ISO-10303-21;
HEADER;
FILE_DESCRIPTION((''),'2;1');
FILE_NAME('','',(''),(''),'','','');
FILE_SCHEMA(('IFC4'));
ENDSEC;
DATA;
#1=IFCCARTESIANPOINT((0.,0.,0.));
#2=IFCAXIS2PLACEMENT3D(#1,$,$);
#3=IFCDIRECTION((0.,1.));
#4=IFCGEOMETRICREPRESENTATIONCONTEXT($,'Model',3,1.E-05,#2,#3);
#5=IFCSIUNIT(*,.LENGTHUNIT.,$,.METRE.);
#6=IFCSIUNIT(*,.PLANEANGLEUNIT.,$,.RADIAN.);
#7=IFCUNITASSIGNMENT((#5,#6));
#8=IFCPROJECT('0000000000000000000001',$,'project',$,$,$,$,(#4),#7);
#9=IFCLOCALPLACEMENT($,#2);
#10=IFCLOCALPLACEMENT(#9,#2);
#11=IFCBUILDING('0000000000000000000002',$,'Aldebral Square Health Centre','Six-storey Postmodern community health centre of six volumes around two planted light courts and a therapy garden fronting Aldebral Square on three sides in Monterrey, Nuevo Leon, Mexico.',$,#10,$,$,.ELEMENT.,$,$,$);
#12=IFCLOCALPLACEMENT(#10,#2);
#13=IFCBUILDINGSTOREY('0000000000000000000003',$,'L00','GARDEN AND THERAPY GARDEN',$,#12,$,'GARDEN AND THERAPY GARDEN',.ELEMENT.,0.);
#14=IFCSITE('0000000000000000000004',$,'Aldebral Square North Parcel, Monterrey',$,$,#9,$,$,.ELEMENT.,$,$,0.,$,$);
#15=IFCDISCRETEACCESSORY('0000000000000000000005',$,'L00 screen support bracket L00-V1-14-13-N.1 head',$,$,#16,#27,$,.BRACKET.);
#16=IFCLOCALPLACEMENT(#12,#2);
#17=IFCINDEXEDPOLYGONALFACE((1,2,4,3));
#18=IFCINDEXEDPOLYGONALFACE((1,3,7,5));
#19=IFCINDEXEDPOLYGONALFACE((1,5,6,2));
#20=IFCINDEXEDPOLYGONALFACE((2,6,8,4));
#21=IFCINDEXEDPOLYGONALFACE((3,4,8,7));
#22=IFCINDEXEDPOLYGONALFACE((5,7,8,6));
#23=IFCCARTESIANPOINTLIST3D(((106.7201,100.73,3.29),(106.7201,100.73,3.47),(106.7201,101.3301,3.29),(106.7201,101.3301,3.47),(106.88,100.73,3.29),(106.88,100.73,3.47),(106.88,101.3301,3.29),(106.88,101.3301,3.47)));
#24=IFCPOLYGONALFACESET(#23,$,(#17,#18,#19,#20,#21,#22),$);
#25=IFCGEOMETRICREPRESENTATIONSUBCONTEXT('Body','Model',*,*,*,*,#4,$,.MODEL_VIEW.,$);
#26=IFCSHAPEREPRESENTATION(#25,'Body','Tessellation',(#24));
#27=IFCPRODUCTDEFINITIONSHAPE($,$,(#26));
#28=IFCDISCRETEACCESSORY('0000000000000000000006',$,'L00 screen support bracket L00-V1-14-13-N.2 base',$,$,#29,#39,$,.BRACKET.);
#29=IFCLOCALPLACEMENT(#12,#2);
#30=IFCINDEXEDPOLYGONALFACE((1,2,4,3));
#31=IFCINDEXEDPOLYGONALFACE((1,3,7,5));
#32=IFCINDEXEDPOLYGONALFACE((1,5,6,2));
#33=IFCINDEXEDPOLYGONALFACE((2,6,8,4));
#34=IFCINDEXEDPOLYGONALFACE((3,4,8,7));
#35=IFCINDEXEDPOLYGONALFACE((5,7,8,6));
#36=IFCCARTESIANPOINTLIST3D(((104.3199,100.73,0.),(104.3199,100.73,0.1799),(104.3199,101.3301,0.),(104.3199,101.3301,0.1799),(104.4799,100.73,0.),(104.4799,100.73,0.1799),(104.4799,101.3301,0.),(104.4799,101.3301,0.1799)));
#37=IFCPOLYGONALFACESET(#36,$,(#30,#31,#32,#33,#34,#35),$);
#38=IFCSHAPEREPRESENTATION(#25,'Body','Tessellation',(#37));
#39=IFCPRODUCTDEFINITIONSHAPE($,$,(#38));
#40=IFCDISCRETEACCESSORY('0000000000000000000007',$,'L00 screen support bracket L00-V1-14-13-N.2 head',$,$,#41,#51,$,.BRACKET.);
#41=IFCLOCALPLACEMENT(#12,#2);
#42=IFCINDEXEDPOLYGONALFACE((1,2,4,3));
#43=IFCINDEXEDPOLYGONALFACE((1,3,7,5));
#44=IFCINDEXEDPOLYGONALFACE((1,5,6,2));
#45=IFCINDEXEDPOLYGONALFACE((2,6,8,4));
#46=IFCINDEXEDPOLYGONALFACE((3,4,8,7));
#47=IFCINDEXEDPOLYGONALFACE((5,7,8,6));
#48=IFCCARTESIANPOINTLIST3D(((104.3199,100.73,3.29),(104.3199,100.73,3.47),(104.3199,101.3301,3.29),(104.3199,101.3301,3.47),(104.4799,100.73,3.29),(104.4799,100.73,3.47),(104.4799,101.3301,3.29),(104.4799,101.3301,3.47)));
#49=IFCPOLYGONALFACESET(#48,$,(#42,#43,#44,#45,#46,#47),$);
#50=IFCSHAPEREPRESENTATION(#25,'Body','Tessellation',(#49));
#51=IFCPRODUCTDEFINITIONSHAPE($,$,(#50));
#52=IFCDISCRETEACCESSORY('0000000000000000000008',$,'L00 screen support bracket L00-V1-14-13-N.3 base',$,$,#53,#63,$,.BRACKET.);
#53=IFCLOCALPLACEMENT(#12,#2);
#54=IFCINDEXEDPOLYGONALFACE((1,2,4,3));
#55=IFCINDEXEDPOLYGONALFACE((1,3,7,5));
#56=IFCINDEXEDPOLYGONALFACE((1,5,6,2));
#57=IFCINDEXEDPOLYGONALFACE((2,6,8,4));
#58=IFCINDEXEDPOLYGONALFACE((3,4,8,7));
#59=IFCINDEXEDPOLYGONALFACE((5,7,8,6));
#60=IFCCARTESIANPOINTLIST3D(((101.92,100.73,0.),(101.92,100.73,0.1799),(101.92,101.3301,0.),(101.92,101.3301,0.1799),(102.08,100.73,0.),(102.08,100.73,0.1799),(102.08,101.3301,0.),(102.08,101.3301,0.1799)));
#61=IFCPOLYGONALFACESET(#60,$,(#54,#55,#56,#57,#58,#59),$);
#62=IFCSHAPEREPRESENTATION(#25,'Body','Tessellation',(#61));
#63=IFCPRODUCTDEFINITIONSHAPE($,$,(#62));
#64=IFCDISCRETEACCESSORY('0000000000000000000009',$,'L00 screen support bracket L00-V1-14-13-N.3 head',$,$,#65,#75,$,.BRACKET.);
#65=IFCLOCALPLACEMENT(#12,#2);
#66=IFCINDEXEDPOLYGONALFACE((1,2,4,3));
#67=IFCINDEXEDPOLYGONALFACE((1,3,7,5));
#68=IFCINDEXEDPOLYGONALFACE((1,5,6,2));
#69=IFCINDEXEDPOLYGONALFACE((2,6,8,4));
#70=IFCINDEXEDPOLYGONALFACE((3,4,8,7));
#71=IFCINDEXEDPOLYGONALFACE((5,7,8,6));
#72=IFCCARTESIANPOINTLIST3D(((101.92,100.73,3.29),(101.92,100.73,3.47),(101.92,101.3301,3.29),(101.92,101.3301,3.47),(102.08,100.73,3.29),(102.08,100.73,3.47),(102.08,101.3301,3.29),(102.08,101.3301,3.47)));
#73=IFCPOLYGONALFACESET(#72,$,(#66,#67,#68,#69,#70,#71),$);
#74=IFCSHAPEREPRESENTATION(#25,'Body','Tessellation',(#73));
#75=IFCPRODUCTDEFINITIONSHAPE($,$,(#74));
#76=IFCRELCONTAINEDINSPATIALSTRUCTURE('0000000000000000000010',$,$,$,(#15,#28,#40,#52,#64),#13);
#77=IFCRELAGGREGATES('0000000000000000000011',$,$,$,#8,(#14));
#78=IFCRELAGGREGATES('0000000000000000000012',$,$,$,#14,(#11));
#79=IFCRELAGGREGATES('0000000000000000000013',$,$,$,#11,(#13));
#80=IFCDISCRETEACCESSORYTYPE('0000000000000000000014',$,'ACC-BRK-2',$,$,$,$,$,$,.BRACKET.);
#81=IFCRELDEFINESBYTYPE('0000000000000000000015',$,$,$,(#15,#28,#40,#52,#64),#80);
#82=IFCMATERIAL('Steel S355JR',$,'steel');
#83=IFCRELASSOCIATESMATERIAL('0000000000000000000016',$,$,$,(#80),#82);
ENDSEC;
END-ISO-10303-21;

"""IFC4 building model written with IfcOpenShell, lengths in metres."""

from ifc_helpers import new_model, si_unit, direction, frame, origin, origin_2d, place, context, subcontext, project, spatial, rectangle, extrude, material, type_object, element, save


model = new_model("IFC4")

# Units and contexts
model_context = context("Model", 3, precision=1e-05, world=origin(), true_north=direction((0.0, 1.0)))
body_context = subcontext(model_context, "Body", "Model", "MODEL_VIEW")
ifc_project = project(units=[si_unit("LENGTHUNIT", "METRE"), si_unit("PLANEANGLEUNIT", "RADIAN")], contexts=[model_context])

# Site, building, storey
site_placement = place(None, origin())
site = spatial("IfcSite", under=ifc_project, at=site_placement, Name="Aldebral Square North Parcel, Monterrey", CompositionType="ELEMENT", RefElevation=0.0)
building_placement = place(site_placement, origin())
building = spatial("IfcBuilding", under=site, at=building_placement, Name="Aldebral Square Health Centre", Description="Six-storey Postmodern community health centre of six volumes around two planted light courts and a therapy garden fronting Aldebral Square on three sides in Monterrey, Nuevo Leon, Mexico.", CompositionType="ELEMENT")
storey_placement = place(building_placement, origin())
storey = spatial("IfcBuildingStorey", under=building, at=storey_placement, Name="L00", Description="GARDEN AND THERAPY GARDEN", LongName="GARDEN AND THERAPY GARDEN", CompositionType="ELEMENT", Elevation=0.0)

# Discrete accessories
ifc_material_1 = material(Name="Steel S355JR", Category="steel")
discrete_accessory_type = type_object("IfcDiscreteAccessoryType", Name="ACC-BRK-2", PredefinedType="BRACKET", material=ifc_material_1)
for number, where, z_axis, x_axis, name in (
    (1, (106.8, 101.03, 3.29), (0.0, 0.0, 1.0), (1.0, 0.0, 0.0), "L00 screen support bracket L00-V1-14-13-N.1 head"),
    (2, (104.3999, 101.03, 0.0), (0.0, 0.0, 1.0), (1.0, 0.0, 0.0), "L00 screen support bracket L00-V1-14-13-N.2 base"),
    (3, (104.3999, 101.03, 3.29), (0.0, 0.0, 1.0), (1.0, 0.0, 0.0), "L00 screen support bracket L00-V1-14-13-N.2 head"),
    (4, (102.0, 101.03, 0.0), (0.0, 0.0, 1.0), (1.0, 0.0, 0.0), "L00 screen support bracket L00-V1-14-13-N.3 base"),
    (5, (102.0, 101.03, 3.29), (0.0, 0.0, 1.0), (1.0, 0.0, 0.0), "L00 screen support bracket L00-V1-14-13-N.3 head"),
):
    element("IfcDiscreteAccessory", number, at=place(storey_placement, frame(where, z_axis=z_axis, x_axis=x_axis)), inside=storey, type_object=discrete_accessory_type, Name=name, PredefinedType="BRACKET", context=body_context, shape_type="SweptSolid", body=[
        extrude(rectangle(XDim=0.1599, YDim=0.6001, at=origin_2d()), origin(), (0.0, 0.0, 1.0), 0.1799),
    ])

save(model, "model.ifc")
